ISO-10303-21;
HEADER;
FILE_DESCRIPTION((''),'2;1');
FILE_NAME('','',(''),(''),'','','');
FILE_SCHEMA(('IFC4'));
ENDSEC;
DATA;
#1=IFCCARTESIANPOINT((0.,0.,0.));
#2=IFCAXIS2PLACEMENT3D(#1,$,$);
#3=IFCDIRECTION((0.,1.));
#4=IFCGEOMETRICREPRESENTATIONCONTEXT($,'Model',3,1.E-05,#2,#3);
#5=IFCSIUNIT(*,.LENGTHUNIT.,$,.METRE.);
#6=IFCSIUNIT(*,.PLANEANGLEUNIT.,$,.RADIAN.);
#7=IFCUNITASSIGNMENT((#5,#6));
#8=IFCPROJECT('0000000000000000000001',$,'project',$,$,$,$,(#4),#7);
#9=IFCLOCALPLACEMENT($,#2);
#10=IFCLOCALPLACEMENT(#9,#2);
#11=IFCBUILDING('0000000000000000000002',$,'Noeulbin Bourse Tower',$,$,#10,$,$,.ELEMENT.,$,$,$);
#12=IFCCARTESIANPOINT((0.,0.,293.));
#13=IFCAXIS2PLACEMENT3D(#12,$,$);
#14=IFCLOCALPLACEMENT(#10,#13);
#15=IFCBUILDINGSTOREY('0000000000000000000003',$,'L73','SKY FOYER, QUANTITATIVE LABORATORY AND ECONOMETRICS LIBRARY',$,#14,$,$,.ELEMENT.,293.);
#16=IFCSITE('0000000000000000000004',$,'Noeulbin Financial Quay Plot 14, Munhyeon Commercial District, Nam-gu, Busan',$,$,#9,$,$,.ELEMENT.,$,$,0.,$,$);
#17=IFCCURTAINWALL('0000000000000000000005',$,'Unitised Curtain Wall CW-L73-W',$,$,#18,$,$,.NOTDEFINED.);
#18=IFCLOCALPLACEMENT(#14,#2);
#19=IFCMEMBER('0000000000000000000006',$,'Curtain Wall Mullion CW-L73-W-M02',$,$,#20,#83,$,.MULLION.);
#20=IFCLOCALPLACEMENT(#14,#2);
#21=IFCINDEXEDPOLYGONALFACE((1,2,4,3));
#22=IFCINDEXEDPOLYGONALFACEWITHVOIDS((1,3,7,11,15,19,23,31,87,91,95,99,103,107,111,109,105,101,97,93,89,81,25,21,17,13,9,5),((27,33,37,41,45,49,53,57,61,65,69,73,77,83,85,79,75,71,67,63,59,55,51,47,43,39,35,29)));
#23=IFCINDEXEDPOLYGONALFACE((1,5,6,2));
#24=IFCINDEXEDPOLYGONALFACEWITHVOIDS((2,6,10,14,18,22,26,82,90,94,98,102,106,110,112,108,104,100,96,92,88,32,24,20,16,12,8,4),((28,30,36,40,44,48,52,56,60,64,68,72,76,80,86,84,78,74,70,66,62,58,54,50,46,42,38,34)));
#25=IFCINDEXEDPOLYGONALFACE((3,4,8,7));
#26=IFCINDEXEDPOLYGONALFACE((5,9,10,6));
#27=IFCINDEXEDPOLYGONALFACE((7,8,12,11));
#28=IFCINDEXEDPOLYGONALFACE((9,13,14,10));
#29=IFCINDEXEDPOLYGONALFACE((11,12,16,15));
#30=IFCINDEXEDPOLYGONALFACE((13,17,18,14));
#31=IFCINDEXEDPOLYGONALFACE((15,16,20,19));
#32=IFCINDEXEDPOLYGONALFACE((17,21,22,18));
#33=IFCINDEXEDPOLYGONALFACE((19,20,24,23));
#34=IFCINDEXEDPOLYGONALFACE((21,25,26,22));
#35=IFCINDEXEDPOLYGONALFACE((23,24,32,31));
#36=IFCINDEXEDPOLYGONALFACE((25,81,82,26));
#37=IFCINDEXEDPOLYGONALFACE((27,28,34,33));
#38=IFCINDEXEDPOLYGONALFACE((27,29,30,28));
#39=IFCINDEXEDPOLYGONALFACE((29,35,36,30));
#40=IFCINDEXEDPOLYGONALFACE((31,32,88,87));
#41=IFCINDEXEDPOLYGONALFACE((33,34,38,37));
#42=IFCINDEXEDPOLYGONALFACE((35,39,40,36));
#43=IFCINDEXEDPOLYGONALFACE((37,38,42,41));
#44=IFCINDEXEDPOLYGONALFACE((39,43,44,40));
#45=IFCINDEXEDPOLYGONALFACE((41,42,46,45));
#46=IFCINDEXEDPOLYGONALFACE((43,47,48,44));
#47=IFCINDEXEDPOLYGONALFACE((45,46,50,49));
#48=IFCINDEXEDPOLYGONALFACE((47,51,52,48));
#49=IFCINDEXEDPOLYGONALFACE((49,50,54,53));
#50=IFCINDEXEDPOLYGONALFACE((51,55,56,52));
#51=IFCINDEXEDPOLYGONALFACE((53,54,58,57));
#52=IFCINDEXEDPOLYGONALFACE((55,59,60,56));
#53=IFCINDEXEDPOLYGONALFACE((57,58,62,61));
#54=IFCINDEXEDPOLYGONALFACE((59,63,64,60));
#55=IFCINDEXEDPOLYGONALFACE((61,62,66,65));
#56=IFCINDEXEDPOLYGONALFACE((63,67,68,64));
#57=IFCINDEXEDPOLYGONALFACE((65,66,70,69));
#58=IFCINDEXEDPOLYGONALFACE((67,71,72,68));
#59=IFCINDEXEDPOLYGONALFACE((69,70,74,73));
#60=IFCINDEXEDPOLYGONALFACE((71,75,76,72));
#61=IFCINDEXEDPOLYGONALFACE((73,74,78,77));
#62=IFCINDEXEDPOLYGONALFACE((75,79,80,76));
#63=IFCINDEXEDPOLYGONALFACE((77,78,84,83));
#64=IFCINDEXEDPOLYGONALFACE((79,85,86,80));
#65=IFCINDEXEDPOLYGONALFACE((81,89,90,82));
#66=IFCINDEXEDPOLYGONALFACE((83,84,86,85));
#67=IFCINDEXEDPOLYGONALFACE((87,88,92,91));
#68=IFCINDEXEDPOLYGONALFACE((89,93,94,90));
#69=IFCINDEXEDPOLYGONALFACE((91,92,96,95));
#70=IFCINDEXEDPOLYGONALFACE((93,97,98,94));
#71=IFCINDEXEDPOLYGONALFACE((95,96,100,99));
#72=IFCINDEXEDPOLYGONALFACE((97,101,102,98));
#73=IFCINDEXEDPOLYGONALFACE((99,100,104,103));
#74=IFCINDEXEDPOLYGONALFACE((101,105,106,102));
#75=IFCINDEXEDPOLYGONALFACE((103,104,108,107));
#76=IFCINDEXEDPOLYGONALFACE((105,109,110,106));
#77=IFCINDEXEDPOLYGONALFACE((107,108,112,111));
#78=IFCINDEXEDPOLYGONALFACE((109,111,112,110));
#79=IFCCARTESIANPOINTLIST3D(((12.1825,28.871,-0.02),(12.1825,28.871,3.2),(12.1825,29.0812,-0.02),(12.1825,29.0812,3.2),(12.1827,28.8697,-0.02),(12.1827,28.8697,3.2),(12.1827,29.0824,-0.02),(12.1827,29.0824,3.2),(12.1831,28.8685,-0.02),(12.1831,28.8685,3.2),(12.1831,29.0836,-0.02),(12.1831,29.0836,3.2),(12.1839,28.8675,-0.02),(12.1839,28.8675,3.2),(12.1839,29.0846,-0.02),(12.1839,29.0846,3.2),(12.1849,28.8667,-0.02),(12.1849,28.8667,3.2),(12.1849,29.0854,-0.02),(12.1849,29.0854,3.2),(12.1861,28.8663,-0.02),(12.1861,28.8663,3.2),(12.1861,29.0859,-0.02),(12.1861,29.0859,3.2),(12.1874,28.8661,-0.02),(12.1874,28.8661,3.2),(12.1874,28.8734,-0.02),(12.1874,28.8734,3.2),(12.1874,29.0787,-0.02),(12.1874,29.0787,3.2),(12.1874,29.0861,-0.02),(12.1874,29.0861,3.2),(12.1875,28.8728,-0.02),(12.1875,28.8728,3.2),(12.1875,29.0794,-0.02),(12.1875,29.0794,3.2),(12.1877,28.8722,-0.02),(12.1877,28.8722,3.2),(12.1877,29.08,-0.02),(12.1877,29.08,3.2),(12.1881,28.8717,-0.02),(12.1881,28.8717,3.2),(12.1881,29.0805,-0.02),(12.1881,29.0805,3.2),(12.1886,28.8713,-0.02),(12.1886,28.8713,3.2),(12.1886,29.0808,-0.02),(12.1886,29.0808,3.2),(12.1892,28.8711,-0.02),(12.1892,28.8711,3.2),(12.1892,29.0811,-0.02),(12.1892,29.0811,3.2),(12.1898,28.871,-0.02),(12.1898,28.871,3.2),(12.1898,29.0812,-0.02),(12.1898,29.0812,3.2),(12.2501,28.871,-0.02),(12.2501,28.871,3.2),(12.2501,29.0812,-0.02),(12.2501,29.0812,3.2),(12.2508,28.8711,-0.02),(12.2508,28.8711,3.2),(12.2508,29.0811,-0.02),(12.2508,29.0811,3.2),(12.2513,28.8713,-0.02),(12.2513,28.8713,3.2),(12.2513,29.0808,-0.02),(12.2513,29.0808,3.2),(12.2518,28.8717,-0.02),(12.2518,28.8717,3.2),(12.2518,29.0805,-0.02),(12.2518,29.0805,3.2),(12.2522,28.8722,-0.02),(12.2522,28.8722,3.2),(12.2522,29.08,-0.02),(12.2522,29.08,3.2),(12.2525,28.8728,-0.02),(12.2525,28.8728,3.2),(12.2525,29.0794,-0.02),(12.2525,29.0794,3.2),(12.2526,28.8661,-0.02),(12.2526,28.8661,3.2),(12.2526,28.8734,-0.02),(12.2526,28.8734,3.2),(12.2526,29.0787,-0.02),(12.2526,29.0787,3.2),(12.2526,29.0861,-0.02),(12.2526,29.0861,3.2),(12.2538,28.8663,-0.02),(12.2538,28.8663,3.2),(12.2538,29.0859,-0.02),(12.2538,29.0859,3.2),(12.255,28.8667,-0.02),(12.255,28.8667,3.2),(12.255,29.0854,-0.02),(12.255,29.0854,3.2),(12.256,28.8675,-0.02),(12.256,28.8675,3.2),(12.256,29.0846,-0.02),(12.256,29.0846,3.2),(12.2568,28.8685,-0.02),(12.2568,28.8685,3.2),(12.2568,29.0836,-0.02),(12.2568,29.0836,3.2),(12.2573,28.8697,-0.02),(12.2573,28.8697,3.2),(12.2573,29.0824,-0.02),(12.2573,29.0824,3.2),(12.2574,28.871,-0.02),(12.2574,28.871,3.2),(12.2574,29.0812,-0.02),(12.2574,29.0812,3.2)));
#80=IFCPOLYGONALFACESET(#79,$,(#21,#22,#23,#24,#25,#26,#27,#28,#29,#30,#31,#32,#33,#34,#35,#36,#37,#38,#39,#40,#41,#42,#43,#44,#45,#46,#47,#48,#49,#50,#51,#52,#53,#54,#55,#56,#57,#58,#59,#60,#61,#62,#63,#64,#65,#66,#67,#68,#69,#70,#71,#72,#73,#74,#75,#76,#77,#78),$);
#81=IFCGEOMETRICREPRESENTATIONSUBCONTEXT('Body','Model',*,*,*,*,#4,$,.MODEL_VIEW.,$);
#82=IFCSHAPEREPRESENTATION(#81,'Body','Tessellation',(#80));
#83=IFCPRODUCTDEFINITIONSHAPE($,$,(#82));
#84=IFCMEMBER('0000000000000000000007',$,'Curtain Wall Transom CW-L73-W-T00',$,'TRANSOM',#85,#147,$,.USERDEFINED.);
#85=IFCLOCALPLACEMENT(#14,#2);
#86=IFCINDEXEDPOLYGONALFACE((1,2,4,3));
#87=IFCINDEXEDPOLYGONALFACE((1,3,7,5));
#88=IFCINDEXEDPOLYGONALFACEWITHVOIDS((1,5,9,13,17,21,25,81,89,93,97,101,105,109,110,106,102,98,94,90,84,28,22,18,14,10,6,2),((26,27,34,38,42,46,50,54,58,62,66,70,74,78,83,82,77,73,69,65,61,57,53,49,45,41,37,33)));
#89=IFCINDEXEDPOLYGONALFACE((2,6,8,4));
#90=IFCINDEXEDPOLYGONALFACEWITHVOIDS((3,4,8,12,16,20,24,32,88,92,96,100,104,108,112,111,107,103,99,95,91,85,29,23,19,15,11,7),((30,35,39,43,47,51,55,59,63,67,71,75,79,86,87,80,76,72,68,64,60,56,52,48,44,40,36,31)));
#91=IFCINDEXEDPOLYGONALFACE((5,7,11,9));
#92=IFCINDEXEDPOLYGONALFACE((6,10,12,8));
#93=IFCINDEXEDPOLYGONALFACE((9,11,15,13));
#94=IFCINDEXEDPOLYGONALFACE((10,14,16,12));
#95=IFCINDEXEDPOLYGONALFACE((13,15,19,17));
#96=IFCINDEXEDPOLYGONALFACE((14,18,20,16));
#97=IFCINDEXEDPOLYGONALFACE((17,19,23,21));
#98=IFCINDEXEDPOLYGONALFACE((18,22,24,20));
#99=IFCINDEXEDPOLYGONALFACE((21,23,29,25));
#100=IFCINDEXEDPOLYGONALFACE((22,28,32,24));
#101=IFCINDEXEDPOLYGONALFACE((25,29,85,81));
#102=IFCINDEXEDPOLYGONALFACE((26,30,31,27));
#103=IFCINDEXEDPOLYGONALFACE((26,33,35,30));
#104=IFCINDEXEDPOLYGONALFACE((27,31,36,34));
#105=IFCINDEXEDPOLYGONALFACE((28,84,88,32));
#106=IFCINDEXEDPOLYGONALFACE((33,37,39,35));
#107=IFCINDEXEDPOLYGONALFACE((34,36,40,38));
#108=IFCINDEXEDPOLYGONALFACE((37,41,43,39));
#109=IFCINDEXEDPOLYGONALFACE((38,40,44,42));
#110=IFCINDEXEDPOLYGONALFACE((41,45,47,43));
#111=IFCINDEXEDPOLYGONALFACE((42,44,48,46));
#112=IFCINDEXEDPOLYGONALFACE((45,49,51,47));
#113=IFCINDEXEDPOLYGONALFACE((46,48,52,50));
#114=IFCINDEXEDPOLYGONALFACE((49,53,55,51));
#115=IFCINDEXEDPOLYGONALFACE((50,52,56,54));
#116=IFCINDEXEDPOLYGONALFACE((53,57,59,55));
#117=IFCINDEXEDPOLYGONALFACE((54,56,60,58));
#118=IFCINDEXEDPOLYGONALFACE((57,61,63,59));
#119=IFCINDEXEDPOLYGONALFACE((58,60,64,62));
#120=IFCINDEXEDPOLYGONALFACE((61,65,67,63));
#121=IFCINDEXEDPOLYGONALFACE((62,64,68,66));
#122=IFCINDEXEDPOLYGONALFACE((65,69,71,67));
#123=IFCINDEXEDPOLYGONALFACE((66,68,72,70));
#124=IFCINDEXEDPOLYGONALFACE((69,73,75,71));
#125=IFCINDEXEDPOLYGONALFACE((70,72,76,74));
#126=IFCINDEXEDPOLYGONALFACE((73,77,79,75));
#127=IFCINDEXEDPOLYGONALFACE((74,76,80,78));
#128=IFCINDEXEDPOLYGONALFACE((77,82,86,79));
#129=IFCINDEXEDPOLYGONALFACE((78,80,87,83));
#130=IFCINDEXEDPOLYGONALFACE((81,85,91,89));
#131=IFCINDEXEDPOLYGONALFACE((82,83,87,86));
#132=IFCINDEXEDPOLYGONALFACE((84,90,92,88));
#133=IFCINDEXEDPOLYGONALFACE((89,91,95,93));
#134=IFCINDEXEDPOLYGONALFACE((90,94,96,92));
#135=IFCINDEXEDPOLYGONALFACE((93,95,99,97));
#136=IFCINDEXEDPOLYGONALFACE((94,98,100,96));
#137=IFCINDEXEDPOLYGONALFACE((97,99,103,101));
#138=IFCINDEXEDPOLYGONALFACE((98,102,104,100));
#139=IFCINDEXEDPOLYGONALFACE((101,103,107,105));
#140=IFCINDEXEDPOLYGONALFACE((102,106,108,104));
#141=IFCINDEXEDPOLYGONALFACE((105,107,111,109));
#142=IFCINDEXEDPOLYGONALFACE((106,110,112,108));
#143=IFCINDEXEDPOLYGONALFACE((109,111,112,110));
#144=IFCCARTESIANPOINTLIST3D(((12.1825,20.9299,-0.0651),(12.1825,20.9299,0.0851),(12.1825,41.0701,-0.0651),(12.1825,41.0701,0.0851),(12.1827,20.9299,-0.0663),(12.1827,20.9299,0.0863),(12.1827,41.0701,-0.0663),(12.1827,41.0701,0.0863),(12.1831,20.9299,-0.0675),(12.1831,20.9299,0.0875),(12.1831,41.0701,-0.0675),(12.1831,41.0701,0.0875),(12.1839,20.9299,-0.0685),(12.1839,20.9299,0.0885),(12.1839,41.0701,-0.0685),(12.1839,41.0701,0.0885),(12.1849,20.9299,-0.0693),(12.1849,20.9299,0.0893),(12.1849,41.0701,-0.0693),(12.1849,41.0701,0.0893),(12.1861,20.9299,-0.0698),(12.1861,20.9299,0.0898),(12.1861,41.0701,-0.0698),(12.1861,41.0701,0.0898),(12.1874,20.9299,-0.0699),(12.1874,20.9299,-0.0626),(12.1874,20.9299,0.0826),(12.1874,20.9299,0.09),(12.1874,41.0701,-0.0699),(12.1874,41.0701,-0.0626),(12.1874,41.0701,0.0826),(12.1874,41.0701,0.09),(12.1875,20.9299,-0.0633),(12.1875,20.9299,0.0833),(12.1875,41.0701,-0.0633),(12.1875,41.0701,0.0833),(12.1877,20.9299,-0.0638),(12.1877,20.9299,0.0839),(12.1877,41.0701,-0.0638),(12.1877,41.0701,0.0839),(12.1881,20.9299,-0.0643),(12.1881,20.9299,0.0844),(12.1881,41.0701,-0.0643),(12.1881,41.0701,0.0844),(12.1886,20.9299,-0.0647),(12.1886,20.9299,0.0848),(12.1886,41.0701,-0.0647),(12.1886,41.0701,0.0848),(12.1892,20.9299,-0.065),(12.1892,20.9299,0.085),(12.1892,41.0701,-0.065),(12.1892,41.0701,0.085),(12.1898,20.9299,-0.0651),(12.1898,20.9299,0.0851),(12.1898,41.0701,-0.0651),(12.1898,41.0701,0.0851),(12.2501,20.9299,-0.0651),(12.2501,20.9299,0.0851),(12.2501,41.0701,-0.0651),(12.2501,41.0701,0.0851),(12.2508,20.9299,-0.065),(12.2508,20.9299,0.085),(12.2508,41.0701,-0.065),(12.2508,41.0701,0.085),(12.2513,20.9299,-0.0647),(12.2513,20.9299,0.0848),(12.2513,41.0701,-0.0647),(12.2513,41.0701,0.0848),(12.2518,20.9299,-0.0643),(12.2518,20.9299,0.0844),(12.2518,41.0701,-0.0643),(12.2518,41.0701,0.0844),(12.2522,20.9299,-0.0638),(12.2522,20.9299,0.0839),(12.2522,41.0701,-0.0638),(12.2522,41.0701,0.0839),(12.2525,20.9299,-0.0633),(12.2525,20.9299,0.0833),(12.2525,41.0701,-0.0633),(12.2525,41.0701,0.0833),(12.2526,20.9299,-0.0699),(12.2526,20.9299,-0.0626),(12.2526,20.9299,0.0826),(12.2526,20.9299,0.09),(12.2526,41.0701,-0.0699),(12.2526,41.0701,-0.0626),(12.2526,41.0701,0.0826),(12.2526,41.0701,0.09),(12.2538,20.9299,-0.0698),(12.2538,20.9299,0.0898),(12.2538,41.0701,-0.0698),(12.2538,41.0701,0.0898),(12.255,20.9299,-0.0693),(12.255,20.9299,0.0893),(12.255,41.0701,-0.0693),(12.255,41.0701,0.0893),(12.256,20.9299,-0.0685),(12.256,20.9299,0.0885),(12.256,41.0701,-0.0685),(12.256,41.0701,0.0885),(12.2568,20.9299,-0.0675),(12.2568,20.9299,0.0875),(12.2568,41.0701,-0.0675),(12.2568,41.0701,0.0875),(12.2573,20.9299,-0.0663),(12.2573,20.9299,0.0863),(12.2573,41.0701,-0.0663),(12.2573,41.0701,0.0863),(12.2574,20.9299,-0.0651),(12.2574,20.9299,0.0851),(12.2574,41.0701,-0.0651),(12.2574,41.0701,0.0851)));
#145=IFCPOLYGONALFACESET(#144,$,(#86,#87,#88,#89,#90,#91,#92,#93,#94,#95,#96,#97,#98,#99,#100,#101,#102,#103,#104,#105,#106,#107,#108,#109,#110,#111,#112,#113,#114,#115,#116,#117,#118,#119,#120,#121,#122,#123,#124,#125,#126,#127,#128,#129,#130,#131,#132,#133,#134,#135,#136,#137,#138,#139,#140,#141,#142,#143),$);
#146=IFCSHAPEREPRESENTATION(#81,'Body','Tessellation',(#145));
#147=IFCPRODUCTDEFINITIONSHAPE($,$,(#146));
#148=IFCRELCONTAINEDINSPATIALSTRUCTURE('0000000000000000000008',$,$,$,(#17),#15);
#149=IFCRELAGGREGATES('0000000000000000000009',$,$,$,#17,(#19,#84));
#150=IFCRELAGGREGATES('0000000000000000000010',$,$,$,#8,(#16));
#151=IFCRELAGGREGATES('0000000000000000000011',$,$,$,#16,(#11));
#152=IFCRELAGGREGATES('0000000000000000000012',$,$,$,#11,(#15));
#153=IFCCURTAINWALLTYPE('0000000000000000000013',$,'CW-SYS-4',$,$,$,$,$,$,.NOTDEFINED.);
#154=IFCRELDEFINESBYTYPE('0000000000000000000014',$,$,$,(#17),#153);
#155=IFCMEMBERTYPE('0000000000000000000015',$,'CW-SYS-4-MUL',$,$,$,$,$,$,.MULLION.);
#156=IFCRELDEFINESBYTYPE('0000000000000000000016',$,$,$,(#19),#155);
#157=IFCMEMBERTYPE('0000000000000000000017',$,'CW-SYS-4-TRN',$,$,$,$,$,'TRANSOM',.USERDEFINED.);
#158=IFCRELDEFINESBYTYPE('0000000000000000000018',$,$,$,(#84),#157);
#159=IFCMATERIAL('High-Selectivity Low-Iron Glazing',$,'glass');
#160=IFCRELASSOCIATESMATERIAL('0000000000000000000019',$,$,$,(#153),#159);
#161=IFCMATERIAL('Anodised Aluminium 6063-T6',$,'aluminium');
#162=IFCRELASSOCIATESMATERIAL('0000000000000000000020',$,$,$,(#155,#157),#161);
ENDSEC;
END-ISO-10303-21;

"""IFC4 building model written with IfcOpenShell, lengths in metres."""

from ifc_helpers import new_model, si_unit, direction, frame, origin, origin_2d, place, context, subcontext, project, spatial, hollow_rectangle, extrude, material, material_profile, profile_set, type_object, element, aggregate, save


model = new_model("IFC4")

# Units and contexts
model_context = context("Model", 3, precision=1e-05, world=origin(), true_north=direction((0.0, 1.0)))
body_context = subcontext(model_context, "Body", "Model", "MODEL_VIEW")
ifc_project = project(units=[si_unit("LENGTHUNIT", "METRE"), si_unit("PLANEANGLEUNIT", "RADIAN")], contexts=[model_context])

# Site, building, storey
site_placement = place(None, origin())
site = spatial("IfcSite", under=ifc_project, at=site_placement, Name="Noeulbin Financial Quay Plot 14, Munhyeon Commercial District, Nam-gu, Busan", CompositionType="ELEMENT", RefElevation=0.0)
building_placement = place(site_placement, origin())
building = spatial("IfcBuilding", under=site, at=building_placement, Name="Noeulbin Bourse Tower", CompositionType="ELEMENT")
storey_placement = place(building_placement, frame((0.0, 0.0, 293.0)))
storey = spatial("IfcBuildingStorey", under=building, at=storey_placement, Name="L73", Description="SKY FOYER, QUANTITATIVE LABORATORY AND ECONOMETRICS LIBRARY", CompositionType="ELEMENT", Elevation=293.0)

# Curtain wall, members
ifc_material_1 = material(Name="High-Selectivity Low-Iron Glazing", Category="glass")
curtain_wall_type = type_object("IfcCurtainWallType", Name="CW-SYS-4", PredefinedType="NOTDEFINED", material=ifc_material_1)
curtain_wall_placement = place(storey_placement, origin())
curtain_wall = element("IfcCurtainWall", 1, at=curtain_wall_placement, inside=storey, type_object=curtain_wall_type, Name="Unitised Curtain Wall CW-L73-W", PredefinedType="NOTDEFINED")
ifc_material_2 = material(Name="Anodised Aluminium 6063-T6", Category="aluminium")
ifc_material_profile_1 = material_profile(ifc_material_2, hollow_rectangle(XDim=0.075, YDim=0.22, WallThickness=0.0049, InnerFilletRadius=0.0024, OuterFilletRadius=0.0049, at=origin_2d()), Name="ALU-MULL-75x220x5", Category="LoadBearing")
ifc_profile_set_1 = profile_set([ifc_material_profile_1], Name="Anodised Aluminium 6063-T6")
member_type_1 = type_object("IfcMemberType", Name="CW-SYS-4-MUL", PredefinedType="MULLION", material=ifc_profile_set_1)
member_1_placement = place(storey_placement, frame((12.22, 28.9761, -0.02), z_axis=(0.0, 0.0, 1.0), x_axis=(1.0, 0.0, 0.0)))
member_1 = element("IfcMember", 2, at=member_1_placement, type_object=member_type_1, Name="Curtain Wall Mullion CW-L73-W-M02", PredefinedType="MULLION", context=body_context, shape_type="SweptSolid", body=[
    extrude(hollow_rectangle(XDim=0.075, YDim=0.22, WallThickness=0.0049, InnerFilletRadius=0.0024, OuterFilletRadius=0.0049, at=origin_2d()), origin(), (0.0, 0.0, 1.0), 3.22),
])
ifc_material_profile_2 = material_profile(ifc_material_2, hollow_rectangle(XDim=0.075, YDim=0.1599, WallThickness=0.0049, InnerFilletRadius=0.0024, OuterFilletRadius=0.0049, at=origin_2d()), Name="ALU-TRAN-75x160x5", Category="LoadBearing")
ifc_profile_set_2 = profile_set([ifc_material_profile_2], Name="Anodised Aluminium 6063-T6")
member_type_2 = type_object("IfcMemberType", Name="CW-SYS-4-TRN", ElementType="TRANSOM", PredefinedType="USERDEFINED", material=ifc_profile_set_2)
member_2_placement = place(storey_placement, frame((12.22, 20.9299, 0.01), z_axis=(0.0, 1.0, 0.0), x_axis=(-1.0, 0.0, 0.0)))
member_2 = element("IfcMember", 3, at=member_2_placement, type_object=member_type_2, Name="Curtain Wall Transom CW-L73-W-T00", ObjectType="TRANSOM", PredefinedType="USERDEFINED", context=body_context, shape_type="SweptSolid", body=[
    extrude(hollow_rectangle(XDim=0.075, YDim=0.1599, WallThickness=0.0049, InnerFilletRadius=0.0024, OuterFilletRadius=0.0049, at=origin_2d()), origin(), (0.0, 0.0, 1.0), 20.1401),
])
aggregate(curtain_wall, [member_1, member_2])

save(model, "model.ifc")
